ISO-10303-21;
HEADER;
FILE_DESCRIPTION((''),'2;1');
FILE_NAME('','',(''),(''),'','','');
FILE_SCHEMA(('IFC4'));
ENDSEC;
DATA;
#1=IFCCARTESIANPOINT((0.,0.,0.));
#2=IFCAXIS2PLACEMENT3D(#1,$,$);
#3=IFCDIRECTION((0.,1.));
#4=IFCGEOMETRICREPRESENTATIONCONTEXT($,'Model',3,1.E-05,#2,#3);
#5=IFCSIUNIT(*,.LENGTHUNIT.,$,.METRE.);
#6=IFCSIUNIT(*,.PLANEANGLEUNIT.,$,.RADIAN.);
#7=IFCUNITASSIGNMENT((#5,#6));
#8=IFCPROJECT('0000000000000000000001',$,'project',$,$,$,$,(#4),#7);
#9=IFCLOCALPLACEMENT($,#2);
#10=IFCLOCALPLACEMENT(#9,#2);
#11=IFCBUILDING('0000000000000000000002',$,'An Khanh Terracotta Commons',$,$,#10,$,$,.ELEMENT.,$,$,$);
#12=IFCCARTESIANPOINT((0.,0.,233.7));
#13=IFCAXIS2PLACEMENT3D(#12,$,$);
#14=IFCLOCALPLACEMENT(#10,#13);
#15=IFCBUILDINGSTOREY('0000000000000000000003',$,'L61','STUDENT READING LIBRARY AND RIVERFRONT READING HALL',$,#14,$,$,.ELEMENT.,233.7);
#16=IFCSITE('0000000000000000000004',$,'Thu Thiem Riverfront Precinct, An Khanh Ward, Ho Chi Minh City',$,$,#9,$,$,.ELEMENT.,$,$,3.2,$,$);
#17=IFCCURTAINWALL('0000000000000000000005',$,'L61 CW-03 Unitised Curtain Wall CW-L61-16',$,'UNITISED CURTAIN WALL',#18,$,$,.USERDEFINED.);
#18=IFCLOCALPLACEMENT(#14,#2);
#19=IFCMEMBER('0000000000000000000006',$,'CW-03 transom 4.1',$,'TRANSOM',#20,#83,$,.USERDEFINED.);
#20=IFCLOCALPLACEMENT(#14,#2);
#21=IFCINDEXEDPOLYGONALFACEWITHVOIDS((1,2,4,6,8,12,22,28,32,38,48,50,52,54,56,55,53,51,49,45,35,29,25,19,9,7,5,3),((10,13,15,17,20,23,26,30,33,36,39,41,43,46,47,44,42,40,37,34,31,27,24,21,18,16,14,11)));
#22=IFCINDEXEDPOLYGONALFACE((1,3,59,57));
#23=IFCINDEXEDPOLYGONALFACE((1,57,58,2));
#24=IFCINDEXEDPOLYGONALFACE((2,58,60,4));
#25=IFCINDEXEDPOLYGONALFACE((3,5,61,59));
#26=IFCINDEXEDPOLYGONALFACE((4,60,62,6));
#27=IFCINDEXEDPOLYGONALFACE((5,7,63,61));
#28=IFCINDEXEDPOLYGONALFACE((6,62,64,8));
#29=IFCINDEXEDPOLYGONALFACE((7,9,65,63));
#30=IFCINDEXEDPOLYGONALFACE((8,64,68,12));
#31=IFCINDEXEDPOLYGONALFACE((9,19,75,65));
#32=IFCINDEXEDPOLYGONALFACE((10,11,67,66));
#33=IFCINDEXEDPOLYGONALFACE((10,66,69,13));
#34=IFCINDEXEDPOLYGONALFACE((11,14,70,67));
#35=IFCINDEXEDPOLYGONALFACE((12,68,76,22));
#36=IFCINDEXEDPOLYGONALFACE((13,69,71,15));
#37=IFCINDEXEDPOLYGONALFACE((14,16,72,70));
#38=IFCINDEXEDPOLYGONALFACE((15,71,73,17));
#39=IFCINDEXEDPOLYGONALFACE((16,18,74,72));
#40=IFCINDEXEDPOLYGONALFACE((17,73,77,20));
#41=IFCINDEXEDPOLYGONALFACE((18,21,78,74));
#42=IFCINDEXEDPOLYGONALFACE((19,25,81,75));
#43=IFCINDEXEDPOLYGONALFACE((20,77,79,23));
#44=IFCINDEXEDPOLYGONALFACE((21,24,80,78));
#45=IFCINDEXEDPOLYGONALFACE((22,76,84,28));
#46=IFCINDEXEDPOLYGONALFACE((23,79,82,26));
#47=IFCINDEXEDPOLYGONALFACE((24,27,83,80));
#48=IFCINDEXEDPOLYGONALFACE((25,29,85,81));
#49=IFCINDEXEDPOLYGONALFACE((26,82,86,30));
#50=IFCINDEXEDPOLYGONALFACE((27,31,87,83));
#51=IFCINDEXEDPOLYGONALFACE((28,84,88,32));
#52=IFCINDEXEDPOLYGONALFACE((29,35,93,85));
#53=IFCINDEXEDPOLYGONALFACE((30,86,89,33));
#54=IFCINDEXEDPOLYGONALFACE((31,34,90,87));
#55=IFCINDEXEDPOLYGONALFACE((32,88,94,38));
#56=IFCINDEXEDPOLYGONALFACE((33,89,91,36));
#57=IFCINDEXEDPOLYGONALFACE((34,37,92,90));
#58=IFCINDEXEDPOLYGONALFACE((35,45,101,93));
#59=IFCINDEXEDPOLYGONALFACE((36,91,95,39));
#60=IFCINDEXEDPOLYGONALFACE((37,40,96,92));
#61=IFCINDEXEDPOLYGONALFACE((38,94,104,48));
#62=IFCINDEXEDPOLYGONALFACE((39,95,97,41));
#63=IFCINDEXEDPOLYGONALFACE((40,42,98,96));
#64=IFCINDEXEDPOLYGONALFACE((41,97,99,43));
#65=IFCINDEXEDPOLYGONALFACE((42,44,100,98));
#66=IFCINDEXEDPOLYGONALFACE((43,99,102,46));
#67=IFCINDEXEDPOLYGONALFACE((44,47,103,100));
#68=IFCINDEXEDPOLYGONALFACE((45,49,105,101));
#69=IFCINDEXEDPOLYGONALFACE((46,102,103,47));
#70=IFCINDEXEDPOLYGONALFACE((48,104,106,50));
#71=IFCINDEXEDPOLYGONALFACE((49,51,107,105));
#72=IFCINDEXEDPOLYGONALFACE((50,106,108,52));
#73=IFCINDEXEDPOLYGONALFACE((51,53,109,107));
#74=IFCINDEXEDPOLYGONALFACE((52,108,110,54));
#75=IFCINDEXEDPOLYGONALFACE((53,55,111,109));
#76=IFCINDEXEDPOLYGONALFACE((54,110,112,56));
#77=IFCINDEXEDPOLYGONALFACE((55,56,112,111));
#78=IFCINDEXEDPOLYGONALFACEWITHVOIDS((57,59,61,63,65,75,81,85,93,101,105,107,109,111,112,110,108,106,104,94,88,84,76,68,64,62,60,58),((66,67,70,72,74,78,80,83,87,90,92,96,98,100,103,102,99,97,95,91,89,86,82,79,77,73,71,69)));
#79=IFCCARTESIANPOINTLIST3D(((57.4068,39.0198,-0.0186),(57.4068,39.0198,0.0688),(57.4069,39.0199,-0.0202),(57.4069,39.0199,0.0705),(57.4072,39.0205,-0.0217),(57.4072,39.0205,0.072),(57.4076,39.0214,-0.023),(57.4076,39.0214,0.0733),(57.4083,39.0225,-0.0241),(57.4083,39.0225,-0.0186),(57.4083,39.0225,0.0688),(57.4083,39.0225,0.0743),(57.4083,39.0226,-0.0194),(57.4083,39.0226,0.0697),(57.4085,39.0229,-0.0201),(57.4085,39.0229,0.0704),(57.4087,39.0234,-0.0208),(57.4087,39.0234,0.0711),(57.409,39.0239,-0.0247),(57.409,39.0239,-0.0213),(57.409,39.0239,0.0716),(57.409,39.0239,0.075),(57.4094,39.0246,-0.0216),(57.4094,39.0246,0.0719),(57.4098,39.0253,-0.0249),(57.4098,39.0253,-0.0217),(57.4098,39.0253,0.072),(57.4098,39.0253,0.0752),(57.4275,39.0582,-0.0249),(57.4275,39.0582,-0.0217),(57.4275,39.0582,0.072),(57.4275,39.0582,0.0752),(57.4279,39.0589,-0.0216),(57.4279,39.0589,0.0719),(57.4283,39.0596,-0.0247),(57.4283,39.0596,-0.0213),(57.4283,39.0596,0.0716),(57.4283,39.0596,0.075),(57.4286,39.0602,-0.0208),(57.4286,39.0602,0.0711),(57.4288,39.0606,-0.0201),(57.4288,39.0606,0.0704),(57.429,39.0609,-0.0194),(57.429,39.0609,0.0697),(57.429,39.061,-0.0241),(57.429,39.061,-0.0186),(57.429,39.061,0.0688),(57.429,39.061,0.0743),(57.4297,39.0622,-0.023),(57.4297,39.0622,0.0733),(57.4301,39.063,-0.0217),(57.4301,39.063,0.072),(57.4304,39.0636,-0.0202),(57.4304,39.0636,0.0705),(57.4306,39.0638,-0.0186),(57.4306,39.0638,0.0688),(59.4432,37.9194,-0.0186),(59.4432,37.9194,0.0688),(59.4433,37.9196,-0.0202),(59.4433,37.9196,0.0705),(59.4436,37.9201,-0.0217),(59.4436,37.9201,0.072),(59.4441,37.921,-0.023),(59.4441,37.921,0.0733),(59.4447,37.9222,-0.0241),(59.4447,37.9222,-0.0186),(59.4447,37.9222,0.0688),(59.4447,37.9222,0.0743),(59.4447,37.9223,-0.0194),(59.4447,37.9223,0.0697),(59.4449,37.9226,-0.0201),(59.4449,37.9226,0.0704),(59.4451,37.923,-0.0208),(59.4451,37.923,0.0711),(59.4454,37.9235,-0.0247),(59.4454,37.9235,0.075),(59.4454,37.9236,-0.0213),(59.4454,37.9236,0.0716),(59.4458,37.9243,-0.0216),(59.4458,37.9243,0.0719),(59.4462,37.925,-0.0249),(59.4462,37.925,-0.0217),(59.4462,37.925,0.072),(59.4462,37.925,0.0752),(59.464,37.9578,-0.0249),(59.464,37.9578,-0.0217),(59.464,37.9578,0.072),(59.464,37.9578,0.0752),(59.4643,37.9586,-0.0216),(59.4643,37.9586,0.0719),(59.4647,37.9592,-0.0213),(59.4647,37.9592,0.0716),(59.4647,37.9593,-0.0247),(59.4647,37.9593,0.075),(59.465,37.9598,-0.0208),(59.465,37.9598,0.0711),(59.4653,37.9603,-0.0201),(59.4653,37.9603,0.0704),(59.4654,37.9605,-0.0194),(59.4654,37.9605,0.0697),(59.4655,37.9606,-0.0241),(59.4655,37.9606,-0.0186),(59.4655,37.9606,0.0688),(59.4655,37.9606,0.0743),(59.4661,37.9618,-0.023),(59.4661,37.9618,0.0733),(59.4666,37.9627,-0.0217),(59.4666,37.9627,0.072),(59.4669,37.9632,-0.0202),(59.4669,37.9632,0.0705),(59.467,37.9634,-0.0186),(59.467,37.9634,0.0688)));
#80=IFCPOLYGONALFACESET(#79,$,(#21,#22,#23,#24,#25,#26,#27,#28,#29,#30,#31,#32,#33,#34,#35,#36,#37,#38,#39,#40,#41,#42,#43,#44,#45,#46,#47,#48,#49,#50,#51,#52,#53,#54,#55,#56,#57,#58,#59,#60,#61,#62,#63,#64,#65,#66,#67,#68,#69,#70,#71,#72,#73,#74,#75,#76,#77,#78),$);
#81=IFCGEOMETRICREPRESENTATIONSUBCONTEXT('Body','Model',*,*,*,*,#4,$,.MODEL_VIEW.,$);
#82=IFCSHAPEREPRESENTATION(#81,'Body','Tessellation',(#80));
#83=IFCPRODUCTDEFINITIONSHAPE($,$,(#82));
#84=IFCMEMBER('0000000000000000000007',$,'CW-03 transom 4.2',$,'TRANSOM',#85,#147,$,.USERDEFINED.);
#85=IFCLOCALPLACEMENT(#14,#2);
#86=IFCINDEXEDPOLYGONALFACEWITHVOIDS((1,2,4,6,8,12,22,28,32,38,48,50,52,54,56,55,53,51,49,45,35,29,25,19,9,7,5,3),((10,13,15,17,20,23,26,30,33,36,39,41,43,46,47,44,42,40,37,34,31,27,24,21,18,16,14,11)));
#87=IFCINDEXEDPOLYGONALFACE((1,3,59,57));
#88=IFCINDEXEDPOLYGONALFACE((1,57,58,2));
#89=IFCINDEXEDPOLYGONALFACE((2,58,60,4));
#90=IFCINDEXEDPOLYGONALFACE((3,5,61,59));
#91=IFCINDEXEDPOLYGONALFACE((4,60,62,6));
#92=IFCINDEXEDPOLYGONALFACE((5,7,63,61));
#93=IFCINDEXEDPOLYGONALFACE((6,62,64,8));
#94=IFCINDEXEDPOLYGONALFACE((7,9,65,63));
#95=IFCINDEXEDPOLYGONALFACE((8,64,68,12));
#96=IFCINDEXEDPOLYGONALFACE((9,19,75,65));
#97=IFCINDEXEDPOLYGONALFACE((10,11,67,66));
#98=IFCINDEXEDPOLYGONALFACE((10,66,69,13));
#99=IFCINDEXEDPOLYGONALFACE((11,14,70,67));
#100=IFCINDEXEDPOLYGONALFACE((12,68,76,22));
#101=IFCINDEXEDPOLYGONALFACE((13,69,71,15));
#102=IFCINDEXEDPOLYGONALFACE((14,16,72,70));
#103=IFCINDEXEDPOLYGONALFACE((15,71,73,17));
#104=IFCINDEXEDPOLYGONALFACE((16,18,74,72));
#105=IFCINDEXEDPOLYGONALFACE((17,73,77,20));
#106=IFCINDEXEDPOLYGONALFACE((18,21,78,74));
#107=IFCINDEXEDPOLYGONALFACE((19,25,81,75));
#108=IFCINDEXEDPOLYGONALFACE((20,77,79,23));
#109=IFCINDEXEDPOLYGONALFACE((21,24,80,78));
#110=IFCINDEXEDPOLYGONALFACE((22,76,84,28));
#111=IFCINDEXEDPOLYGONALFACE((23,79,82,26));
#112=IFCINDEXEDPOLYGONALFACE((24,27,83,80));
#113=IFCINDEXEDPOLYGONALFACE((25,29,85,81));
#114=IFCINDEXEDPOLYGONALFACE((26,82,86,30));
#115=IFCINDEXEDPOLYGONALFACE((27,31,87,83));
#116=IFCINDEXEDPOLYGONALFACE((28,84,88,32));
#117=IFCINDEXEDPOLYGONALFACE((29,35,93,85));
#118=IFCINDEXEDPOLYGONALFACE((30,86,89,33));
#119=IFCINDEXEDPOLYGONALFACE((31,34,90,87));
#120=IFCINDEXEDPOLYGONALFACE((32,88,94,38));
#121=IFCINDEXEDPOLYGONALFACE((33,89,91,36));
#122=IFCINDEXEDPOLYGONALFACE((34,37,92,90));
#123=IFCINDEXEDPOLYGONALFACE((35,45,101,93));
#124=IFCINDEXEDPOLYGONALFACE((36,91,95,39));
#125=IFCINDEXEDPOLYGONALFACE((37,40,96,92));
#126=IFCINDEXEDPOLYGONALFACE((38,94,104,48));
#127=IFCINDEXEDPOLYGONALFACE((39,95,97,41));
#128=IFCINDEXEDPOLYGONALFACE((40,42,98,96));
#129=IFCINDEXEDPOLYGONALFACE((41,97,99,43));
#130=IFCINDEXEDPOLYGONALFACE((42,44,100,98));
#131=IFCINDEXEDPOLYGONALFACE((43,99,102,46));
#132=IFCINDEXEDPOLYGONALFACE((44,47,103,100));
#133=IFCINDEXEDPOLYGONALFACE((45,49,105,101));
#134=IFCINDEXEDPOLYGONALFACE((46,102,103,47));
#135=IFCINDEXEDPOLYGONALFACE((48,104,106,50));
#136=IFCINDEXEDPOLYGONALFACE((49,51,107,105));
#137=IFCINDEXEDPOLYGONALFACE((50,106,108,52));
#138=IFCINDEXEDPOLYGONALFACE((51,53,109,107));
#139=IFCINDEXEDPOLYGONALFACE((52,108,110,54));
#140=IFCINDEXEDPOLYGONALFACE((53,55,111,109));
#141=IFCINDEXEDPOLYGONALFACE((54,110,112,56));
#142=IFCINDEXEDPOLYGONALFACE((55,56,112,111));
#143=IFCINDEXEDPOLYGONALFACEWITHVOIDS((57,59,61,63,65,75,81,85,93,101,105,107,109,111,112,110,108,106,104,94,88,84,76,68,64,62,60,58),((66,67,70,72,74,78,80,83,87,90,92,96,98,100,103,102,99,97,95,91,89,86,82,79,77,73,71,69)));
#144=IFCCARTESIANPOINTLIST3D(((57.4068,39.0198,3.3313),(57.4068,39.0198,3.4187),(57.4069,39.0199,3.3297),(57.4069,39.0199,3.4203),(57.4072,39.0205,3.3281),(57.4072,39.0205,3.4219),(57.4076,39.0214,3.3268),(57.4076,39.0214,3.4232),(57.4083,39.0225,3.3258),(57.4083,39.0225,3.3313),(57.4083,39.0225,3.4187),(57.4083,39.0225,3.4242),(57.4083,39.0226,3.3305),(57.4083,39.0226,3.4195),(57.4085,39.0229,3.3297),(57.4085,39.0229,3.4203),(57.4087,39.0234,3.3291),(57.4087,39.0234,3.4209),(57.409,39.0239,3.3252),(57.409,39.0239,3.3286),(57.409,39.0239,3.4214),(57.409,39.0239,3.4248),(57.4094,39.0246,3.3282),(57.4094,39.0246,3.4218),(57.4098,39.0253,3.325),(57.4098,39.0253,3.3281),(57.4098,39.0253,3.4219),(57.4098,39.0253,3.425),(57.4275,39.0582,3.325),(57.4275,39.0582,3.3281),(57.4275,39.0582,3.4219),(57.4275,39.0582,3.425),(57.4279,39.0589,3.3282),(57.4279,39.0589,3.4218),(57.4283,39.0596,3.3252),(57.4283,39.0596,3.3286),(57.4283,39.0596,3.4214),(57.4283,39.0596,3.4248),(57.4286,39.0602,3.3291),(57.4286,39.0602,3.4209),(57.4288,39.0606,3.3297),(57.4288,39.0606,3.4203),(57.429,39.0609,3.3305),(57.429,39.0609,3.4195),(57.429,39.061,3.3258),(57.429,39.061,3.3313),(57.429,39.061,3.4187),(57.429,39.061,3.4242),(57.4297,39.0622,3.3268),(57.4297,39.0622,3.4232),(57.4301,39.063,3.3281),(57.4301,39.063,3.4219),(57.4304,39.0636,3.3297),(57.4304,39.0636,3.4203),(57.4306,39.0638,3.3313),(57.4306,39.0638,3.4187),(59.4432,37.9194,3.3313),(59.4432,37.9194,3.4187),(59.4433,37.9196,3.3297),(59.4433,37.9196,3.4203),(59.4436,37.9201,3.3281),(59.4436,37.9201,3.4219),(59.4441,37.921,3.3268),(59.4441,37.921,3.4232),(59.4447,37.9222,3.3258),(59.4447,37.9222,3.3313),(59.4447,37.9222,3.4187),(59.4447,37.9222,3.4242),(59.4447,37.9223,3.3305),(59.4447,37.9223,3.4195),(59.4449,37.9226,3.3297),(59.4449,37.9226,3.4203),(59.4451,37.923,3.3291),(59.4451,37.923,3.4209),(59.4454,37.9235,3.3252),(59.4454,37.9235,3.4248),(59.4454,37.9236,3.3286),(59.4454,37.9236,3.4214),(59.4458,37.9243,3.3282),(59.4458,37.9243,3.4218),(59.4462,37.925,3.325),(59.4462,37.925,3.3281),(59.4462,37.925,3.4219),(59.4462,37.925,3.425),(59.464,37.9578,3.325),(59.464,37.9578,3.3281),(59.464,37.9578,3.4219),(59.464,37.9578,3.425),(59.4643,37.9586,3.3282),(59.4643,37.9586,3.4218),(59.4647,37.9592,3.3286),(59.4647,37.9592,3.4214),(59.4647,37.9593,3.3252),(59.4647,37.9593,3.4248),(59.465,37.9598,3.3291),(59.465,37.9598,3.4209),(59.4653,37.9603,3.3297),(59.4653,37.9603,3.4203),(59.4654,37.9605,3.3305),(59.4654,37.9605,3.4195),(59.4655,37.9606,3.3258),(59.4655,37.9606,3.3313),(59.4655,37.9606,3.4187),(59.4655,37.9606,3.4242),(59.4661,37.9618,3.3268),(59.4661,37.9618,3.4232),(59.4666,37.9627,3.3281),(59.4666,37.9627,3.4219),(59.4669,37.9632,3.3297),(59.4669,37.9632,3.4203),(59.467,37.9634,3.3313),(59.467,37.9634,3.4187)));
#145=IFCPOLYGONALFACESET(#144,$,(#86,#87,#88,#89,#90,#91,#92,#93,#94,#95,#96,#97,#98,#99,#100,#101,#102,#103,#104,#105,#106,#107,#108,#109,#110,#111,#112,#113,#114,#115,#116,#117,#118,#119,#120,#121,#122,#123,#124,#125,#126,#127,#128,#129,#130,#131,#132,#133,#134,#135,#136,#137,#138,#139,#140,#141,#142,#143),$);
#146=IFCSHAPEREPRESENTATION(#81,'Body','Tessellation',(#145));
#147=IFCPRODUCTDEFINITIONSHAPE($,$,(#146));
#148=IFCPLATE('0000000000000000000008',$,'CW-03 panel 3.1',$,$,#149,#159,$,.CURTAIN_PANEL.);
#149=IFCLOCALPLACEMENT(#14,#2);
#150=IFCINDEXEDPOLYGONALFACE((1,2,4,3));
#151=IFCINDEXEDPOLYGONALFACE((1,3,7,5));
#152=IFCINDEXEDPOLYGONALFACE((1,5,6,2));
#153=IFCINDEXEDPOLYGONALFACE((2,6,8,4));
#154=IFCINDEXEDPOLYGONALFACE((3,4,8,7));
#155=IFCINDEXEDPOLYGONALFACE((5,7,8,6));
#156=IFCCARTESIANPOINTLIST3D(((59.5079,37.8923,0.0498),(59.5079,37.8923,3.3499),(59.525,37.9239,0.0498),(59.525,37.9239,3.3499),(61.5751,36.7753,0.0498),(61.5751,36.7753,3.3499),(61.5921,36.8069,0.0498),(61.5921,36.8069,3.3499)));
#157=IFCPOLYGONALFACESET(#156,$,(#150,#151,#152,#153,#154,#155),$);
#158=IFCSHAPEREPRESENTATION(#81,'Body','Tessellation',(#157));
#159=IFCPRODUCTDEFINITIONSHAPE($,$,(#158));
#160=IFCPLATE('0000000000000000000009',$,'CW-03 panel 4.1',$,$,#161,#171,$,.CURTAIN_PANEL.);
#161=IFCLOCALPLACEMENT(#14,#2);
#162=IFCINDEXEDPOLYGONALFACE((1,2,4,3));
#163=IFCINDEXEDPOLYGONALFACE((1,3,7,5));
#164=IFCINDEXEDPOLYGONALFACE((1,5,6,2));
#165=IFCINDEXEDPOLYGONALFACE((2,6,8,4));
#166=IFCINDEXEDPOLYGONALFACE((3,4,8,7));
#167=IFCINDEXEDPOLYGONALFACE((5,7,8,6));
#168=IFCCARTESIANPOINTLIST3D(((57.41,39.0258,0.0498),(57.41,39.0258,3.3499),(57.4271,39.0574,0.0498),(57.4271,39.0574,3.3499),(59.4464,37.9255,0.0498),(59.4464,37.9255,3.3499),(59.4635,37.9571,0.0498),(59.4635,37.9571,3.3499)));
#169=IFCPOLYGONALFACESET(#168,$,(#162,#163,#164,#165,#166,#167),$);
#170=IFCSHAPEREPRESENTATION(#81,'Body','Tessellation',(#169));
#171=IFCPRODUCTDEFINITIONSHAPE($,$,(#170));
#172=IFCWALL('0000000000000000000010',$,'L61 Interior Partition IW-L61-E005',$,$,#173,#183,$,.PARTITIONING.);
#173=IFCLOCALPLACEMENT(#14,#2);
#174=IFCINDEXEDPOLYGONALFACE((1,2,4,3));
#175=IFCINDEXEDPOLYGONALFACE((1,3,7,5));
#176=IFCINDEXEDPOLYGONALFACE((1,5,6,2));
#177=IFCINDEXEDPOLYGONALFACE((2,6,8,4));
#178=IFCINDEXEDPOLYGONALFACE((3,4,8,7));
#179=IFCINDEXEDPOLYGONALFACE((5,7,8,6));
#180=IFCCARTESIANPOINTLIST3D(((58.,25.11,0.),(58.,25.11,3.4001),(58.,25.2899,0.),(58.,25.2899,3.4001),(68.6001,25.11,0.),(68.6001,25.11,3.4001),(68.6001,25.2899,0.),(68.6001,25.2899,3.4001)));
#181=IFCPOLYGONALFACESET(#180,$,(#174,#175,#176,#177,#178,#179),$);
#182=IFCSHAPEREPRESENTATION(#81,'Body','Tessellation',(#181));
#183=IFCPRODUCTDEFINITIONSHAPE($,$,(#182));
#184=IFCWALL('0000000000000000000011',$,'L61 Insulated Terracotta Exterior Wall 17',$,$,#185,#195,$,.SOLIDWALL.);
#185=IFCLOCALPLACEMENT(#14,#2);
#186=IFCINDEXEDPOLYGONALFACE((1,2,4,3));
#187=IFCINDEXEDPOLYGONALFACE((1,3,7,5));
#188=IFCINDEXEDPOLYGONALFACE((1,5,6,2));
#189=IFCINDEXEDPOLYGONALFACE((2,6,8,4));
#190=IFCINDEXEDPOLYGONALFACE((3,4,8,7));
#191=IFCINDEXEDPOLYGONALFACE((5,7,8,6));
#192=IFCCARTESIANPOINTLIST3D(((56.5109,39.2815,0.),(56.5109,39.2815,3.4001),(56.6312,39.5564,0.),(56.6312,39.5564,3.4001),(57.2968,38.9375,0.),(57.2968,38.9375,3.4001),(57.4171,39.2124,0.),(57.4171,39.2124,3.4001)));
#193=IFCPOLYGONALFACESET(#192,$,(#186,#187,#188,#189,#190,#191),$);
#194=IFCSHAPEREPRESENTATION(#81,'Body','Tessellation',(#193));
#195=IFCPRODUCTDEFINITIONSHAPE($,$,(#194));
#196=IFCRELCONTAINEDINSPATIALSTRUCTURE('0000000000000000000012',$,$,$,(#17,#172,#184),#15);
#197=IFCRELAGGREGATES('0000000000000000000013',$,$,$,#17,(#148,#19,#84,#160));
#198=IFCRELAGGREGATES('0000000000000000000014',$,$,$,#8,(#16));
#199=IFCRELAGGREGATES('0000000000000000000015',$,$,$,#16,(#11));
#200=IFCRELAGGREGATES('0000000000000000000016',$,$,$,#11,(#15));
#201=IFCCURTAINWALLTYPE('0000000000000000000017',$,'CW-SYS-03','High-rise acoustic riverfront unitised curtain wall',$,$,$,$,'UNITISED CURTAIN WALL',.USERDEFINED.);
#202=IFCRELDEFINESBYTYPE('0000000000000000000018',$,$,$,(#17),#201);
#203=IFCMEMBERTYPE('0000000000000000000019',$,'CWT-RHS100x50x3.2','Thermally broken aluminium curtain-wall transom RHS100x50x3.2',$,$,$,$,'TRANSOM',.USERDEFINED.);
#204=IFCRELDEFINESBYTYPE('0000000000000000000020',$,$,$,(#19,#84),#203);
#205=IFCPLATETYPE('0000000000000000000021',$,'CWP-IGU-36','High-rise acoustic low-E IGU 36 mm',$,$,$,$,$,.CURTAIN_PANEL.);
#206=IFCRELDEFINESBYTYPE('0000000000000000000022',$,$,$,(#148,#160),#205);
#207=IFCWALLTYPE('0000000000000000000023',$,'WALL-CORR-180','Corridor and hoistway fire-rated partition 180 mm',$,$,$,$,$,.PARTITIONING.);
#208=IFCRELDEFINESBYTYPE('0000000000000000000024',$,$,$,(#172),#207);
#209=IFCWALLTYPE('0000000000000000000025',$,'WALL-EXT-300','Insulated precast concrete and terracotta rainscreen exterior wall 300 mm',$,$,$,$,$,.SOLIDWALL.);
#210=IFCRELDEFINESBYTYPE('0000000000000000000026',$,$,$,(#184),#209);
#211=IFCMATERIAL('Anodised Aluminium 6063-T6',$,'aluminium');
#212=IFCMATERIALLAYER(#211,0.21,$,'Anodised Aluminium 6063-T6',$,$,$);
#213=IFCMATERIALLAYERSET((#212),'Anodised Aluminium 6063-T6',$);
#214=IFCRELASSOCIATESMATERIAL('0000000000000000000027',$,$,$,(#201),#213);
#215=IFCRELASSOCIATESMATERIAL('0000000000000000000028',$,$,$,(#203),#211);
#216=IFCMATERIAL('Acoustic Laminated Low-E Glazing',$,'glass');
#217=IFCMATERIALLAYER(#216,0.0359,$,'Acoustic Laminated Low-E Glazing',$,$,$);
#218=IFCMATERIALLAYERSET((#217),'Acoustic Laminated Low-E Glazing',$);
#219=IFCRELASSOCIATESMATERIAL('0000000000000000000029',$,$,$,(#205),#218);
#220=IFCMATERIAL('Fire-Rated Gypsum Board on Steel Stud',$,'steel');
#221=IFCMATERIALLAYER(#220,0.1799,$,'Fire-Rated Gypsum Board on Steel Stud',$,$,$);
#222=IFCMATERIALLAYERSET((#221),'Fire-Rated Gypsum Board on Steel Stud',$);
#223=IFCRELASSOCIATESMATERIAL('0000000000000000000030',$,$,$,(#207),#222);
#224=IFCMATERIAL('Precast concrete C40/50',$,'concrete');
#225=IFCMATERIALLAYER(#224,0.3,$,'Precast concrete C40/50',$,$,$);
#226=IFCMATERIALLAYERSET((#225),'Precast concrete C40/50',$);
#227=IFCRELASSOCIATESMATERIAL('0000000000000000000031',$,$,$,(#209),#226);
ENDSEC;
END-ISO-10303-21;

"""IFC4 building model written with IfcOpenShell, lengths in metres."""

from ifc_helpers import new_model, si_unit, direction, frame, frame_2d, origin, origin_2d, place, context, subcontext, project, spatial, rectangle, hollow_rectangle, extrude, material, layer, layer_set, material_profile, profile_set, type_object, element, aggregate, save


model = new_model("IFC4")

# Units and contexts
model_context = context("Model", 3, precision=1e-05, world=origin(), true_north=direction((0.0, 1.0)))
body_context = subcontext(model_context, "Body", "Model", "MODEL_VIEW")
ifc_project = project(units=[si_unit("LENGTHUNIT", "METRE"), si_unit("PLANEANGLEUNIT", "RADIAN")], contexts=[model_context])

# Site, building, storey
site_placement = place(None, origin())
site = spatial("IfcSite", under=ifc_project, at=site_placement, Name="Thu Thiem Riverfront Precinct, An Khanh Ward, Ho Chi Minh City", CompositionType="ELEMENT", RefElevation=3.2)
building_placement = place(site_placement, origin())
building = spatial("IfcBuilding", under=site, at=building_placement, Name="An Khanh Terracotta Commons", CompositionType="ELEMENT")
storey_placement = place(building_placement, frame((0.0, 0.0, 233.7)))
storey = spatial("IfcBuildingStorey", under=building, at=storey_placement, Name="L61", Description="STUDENT READING LIBRARY AND RIVERFRONT READING HALL", CompositionType="ELEMENT", Elevation=233.7)

# Curtain wall, members, plates
ifc_material_1 = material(Name="Anodised Aluminium 6063-T6", Category="aluminium")
ifc_layer_1 = layer(ifc_material_1, 0.21, Name="Anodised Aluminium 6063-T6")
ifc_layer_set_1 = layer_set([ifc_layer_1], Name="Anodised Aluminium 6063-T6")
curtain_wall_type = type_object("IfcCurtainWallType", Name="CW-SYS-03", Description="High-rise acoustic riverfront unitised curtain wall", ElementType="UNITISED CURTAIN WALL", PredefinedType="USERDEFINED", material=ifc_layer_set_1)
curtain_wall_placement = place(storey_placement, origin())
curtain_wall = element("IfcCurtainWall", 1, at=curtain_wall_placement, inside=storey, type_object=curtain_wall_type, Name="L61 CW-03 Unitised Curtain Wall CW-L61-16", ObjectType="UNITISED CURTAIN WALL", PredefinedType="USERDEFINED")
ifc_material_profile_1 = material_profile(ifc_material_1, hollow_rectangle(XDim=0.05, YDim=0.1001, WallThickness=0.0032, InnerFilletRadius=0.0032, OuterFilletRadius=0.0063, at=origin_2d()), Name="RHS100x50x3.2")
ifc_profile_set_1 = profile_set([ifc_material_profile_1], Name="Anodised Aluminium 6063-T6")
member_type_1 = type_object("IfcMemberType", Name="CWT-RHS100x50x3.2", Description="Thermally broken aluminium curtain-wall transom RHS100x50x3.2", ElementType="TRANSOM", PredefinedType="USERDEFINED", material=ifc_profile_set_1)
member_1_placement = place(storey_placement, frame((59.4551, 37.9414, 0.0251), z_axis=(-0.879779, 0.475382, 0.0), x_axis=(-0.475382, -0.879779, 0.0)))
member_1 = element("IfcMember", 2, at=member_1_placement, type_object=member_type_1, Name="CW-03 transom 4.1", ObjectType="TRANSOM", PredefinedType="USERDEFINED", context=body_context, shape_type="SweptSolid", body=[
    extrude(hollow_rectangle(XDim=0.05, YDim=0.1001, WallThickness=0.0032, InnerFilletRadius=0.0032, OuterFilletRadius=0.0063, at=origin_2d()), origin(), (0.0, 0.0, 1.0), 2.3147),
])
member_2_placement = place(storey_placement, frame((59.4551, 37.9414, 3.375), z_axis=(-0.879779, 0.475382, 0.0), x_axis=(-0.475382, -0.879779, 0.0)))
member_2 = element("IfcMember", 3, at=member_2_placement, type_object=member_type_1, Name="CW-03 transom 4.2", ObjectType="TRANSOM", PredefinedType="USERDEFINED", context=body_context, shape_type="SweptSolid", body=[
    extrude(hollow_rectangle(XDim=0.05, YDim=0.1001, WallThickness=0.0032, InnerFilletRadius=0.0032, OuterFilletRadius=0.0063, at=origin_2d()), origin(), (0.0, 0.0, 1.0), 2.3147),
])
ifc_material_2 = material(Name="Acoustic Laminated Low-E Glazing", Category="glass")
ifc_layer_2 = layer(ifc_material_2, 0.0359, Name="Acoustic Laminated Low-E Glazing")
ifc_layer_set_2 = layer_set([ifc_layer_2], Name="Acoustic Laminated Low-E Glazing")
plate_type = type_object("IfcPlateType", Name="CWP-IGU-36", Description="High-rise acoustic low-E IGU 36 mm", PredefinedType="CURTAIN_PANEL", material=ifc_layer_set_2)
plate_1_placement = place(storey_placement, frame((60.55, 37.3496, 0.0498), z_axis=(0.0, 0.0, 1.0), x_axis=(-0.87978, 0.475381, 0.0)))
plate_1 = element("IfcPlate", 4, at=plate_1_placement, type_object=plate_type, Name="CW-03 panel 3.1", PredefinedType="CURTAIN_PANEL", context=body_context, shape_type="SweptSolid", body=[
    extrude(rectangle(XDim=2.3496, YDim=0.0359, at=origin_2d()), origin(), (0.0, 0.0, 1.0), 3.3),
])
plate_2_placement = place(storey_placement, frame((58.4368, 38.4915, 0.0498), z_axis=(0.0, 0.0, 1.0), x_axis=(-0.87978, 0.475381, 0.0)))
plate_2 = element("IfcPlate", 5, at=plate_2_placement, type_object=plate_type, Name="CW-03 panel 4.1", PredefinedType="CURTAIN_PANEL", context=body_context, shape_type="SweptSolid", body=[
    extrude(rectangle(XDim=2.3147, YDim=0.0359, at=origin_2d()), origin(), (0.0, 0.0, 1.0), 3.3),
])
aggregate(curtain_wall, [plate_1, member_1, member_2, plate_2])

# Walls
ifc_material_3 = material(Name="Fire-Rated Gypsum Board on Steel Stud", Category="steel")
ifc_layer_3 = layer(ifc_material_3, 0.1799, Name="Fire-Rated Gypsum Board on Steel Stud")
ifc_layer_set_3 = layer_set([ifc_layer_3], Name="Fire-Rated Gypsum Board on Steel Stud")
wall_type_1 = type_object("IfcWallType", Name="WALL-CORR-180", Description="Corridor and hoistway fire-rated partition 180 mm", PredefinedType="PARTITIONING", material=ifc_layer_set_3)
wall_1_placement = place(storey_placement, frame((58.0, 25.2, 0.0), z_axis=(0.0, 0.0, 1.0), x_axis=(1.0, 0.0, 0.0)))
element("IfcWall", 6, at=wall_1_placement, inside=storey, type_object=wall_type_1, Name="L61 Interior Partition IW-L61-E005", PredefinedType="PARTITIONING", context=body_context, shape_type="SweptSolid", body=[
    extrude(rectangle(XDim=10.6001, YDim=0.1799, at=frame_2d((5.3, 0.0))), origin(), (0.0, 0.0, 1.0), 3.4001),
])
ifc_material_4 = material(Name="Precast concrete C40/50", Category="concrete")
ifc_layer_4 = layer(ifc_material_4, 0.3, Name="Precast concrete C40/50")
ifc_layer_set_4 = layer_set([ifc_layer_4], Name="Precast concrete C40/50")
wall_type_2 = type_object("IfcWallType", Name="WALL-EXT-300", Description="Insulated precast concrete and terracotta rainscreen exterior wall 300 mm", PredefinedType="SOLIDWALL", material=ifc_layer_set_4)
wall_2_placement = place(storey_placement, frame((57.3569, 39.075, 0.0), z_axis=(0.0, 0.0, 1.0), x_axis=(-0.916085, 0.400983, 0.0)))
element("IfcWall", 7, at=wall_2_placement, inside=storey, type_object=wall_type_2, Name="L61 Insulated Terracotta Exterior Wall 17", PredefinedType="SOLIDWALL", context=body_context, shape_type="SweptSolid", body=[
    extrude(rectangle(XDim=0.8579, YDim=0.3, at=frame_2d((0.429, 0.0))), origin(), (0.0, 0.0, 1.0), 3.4001),
])

save(model, "model.ifc")
